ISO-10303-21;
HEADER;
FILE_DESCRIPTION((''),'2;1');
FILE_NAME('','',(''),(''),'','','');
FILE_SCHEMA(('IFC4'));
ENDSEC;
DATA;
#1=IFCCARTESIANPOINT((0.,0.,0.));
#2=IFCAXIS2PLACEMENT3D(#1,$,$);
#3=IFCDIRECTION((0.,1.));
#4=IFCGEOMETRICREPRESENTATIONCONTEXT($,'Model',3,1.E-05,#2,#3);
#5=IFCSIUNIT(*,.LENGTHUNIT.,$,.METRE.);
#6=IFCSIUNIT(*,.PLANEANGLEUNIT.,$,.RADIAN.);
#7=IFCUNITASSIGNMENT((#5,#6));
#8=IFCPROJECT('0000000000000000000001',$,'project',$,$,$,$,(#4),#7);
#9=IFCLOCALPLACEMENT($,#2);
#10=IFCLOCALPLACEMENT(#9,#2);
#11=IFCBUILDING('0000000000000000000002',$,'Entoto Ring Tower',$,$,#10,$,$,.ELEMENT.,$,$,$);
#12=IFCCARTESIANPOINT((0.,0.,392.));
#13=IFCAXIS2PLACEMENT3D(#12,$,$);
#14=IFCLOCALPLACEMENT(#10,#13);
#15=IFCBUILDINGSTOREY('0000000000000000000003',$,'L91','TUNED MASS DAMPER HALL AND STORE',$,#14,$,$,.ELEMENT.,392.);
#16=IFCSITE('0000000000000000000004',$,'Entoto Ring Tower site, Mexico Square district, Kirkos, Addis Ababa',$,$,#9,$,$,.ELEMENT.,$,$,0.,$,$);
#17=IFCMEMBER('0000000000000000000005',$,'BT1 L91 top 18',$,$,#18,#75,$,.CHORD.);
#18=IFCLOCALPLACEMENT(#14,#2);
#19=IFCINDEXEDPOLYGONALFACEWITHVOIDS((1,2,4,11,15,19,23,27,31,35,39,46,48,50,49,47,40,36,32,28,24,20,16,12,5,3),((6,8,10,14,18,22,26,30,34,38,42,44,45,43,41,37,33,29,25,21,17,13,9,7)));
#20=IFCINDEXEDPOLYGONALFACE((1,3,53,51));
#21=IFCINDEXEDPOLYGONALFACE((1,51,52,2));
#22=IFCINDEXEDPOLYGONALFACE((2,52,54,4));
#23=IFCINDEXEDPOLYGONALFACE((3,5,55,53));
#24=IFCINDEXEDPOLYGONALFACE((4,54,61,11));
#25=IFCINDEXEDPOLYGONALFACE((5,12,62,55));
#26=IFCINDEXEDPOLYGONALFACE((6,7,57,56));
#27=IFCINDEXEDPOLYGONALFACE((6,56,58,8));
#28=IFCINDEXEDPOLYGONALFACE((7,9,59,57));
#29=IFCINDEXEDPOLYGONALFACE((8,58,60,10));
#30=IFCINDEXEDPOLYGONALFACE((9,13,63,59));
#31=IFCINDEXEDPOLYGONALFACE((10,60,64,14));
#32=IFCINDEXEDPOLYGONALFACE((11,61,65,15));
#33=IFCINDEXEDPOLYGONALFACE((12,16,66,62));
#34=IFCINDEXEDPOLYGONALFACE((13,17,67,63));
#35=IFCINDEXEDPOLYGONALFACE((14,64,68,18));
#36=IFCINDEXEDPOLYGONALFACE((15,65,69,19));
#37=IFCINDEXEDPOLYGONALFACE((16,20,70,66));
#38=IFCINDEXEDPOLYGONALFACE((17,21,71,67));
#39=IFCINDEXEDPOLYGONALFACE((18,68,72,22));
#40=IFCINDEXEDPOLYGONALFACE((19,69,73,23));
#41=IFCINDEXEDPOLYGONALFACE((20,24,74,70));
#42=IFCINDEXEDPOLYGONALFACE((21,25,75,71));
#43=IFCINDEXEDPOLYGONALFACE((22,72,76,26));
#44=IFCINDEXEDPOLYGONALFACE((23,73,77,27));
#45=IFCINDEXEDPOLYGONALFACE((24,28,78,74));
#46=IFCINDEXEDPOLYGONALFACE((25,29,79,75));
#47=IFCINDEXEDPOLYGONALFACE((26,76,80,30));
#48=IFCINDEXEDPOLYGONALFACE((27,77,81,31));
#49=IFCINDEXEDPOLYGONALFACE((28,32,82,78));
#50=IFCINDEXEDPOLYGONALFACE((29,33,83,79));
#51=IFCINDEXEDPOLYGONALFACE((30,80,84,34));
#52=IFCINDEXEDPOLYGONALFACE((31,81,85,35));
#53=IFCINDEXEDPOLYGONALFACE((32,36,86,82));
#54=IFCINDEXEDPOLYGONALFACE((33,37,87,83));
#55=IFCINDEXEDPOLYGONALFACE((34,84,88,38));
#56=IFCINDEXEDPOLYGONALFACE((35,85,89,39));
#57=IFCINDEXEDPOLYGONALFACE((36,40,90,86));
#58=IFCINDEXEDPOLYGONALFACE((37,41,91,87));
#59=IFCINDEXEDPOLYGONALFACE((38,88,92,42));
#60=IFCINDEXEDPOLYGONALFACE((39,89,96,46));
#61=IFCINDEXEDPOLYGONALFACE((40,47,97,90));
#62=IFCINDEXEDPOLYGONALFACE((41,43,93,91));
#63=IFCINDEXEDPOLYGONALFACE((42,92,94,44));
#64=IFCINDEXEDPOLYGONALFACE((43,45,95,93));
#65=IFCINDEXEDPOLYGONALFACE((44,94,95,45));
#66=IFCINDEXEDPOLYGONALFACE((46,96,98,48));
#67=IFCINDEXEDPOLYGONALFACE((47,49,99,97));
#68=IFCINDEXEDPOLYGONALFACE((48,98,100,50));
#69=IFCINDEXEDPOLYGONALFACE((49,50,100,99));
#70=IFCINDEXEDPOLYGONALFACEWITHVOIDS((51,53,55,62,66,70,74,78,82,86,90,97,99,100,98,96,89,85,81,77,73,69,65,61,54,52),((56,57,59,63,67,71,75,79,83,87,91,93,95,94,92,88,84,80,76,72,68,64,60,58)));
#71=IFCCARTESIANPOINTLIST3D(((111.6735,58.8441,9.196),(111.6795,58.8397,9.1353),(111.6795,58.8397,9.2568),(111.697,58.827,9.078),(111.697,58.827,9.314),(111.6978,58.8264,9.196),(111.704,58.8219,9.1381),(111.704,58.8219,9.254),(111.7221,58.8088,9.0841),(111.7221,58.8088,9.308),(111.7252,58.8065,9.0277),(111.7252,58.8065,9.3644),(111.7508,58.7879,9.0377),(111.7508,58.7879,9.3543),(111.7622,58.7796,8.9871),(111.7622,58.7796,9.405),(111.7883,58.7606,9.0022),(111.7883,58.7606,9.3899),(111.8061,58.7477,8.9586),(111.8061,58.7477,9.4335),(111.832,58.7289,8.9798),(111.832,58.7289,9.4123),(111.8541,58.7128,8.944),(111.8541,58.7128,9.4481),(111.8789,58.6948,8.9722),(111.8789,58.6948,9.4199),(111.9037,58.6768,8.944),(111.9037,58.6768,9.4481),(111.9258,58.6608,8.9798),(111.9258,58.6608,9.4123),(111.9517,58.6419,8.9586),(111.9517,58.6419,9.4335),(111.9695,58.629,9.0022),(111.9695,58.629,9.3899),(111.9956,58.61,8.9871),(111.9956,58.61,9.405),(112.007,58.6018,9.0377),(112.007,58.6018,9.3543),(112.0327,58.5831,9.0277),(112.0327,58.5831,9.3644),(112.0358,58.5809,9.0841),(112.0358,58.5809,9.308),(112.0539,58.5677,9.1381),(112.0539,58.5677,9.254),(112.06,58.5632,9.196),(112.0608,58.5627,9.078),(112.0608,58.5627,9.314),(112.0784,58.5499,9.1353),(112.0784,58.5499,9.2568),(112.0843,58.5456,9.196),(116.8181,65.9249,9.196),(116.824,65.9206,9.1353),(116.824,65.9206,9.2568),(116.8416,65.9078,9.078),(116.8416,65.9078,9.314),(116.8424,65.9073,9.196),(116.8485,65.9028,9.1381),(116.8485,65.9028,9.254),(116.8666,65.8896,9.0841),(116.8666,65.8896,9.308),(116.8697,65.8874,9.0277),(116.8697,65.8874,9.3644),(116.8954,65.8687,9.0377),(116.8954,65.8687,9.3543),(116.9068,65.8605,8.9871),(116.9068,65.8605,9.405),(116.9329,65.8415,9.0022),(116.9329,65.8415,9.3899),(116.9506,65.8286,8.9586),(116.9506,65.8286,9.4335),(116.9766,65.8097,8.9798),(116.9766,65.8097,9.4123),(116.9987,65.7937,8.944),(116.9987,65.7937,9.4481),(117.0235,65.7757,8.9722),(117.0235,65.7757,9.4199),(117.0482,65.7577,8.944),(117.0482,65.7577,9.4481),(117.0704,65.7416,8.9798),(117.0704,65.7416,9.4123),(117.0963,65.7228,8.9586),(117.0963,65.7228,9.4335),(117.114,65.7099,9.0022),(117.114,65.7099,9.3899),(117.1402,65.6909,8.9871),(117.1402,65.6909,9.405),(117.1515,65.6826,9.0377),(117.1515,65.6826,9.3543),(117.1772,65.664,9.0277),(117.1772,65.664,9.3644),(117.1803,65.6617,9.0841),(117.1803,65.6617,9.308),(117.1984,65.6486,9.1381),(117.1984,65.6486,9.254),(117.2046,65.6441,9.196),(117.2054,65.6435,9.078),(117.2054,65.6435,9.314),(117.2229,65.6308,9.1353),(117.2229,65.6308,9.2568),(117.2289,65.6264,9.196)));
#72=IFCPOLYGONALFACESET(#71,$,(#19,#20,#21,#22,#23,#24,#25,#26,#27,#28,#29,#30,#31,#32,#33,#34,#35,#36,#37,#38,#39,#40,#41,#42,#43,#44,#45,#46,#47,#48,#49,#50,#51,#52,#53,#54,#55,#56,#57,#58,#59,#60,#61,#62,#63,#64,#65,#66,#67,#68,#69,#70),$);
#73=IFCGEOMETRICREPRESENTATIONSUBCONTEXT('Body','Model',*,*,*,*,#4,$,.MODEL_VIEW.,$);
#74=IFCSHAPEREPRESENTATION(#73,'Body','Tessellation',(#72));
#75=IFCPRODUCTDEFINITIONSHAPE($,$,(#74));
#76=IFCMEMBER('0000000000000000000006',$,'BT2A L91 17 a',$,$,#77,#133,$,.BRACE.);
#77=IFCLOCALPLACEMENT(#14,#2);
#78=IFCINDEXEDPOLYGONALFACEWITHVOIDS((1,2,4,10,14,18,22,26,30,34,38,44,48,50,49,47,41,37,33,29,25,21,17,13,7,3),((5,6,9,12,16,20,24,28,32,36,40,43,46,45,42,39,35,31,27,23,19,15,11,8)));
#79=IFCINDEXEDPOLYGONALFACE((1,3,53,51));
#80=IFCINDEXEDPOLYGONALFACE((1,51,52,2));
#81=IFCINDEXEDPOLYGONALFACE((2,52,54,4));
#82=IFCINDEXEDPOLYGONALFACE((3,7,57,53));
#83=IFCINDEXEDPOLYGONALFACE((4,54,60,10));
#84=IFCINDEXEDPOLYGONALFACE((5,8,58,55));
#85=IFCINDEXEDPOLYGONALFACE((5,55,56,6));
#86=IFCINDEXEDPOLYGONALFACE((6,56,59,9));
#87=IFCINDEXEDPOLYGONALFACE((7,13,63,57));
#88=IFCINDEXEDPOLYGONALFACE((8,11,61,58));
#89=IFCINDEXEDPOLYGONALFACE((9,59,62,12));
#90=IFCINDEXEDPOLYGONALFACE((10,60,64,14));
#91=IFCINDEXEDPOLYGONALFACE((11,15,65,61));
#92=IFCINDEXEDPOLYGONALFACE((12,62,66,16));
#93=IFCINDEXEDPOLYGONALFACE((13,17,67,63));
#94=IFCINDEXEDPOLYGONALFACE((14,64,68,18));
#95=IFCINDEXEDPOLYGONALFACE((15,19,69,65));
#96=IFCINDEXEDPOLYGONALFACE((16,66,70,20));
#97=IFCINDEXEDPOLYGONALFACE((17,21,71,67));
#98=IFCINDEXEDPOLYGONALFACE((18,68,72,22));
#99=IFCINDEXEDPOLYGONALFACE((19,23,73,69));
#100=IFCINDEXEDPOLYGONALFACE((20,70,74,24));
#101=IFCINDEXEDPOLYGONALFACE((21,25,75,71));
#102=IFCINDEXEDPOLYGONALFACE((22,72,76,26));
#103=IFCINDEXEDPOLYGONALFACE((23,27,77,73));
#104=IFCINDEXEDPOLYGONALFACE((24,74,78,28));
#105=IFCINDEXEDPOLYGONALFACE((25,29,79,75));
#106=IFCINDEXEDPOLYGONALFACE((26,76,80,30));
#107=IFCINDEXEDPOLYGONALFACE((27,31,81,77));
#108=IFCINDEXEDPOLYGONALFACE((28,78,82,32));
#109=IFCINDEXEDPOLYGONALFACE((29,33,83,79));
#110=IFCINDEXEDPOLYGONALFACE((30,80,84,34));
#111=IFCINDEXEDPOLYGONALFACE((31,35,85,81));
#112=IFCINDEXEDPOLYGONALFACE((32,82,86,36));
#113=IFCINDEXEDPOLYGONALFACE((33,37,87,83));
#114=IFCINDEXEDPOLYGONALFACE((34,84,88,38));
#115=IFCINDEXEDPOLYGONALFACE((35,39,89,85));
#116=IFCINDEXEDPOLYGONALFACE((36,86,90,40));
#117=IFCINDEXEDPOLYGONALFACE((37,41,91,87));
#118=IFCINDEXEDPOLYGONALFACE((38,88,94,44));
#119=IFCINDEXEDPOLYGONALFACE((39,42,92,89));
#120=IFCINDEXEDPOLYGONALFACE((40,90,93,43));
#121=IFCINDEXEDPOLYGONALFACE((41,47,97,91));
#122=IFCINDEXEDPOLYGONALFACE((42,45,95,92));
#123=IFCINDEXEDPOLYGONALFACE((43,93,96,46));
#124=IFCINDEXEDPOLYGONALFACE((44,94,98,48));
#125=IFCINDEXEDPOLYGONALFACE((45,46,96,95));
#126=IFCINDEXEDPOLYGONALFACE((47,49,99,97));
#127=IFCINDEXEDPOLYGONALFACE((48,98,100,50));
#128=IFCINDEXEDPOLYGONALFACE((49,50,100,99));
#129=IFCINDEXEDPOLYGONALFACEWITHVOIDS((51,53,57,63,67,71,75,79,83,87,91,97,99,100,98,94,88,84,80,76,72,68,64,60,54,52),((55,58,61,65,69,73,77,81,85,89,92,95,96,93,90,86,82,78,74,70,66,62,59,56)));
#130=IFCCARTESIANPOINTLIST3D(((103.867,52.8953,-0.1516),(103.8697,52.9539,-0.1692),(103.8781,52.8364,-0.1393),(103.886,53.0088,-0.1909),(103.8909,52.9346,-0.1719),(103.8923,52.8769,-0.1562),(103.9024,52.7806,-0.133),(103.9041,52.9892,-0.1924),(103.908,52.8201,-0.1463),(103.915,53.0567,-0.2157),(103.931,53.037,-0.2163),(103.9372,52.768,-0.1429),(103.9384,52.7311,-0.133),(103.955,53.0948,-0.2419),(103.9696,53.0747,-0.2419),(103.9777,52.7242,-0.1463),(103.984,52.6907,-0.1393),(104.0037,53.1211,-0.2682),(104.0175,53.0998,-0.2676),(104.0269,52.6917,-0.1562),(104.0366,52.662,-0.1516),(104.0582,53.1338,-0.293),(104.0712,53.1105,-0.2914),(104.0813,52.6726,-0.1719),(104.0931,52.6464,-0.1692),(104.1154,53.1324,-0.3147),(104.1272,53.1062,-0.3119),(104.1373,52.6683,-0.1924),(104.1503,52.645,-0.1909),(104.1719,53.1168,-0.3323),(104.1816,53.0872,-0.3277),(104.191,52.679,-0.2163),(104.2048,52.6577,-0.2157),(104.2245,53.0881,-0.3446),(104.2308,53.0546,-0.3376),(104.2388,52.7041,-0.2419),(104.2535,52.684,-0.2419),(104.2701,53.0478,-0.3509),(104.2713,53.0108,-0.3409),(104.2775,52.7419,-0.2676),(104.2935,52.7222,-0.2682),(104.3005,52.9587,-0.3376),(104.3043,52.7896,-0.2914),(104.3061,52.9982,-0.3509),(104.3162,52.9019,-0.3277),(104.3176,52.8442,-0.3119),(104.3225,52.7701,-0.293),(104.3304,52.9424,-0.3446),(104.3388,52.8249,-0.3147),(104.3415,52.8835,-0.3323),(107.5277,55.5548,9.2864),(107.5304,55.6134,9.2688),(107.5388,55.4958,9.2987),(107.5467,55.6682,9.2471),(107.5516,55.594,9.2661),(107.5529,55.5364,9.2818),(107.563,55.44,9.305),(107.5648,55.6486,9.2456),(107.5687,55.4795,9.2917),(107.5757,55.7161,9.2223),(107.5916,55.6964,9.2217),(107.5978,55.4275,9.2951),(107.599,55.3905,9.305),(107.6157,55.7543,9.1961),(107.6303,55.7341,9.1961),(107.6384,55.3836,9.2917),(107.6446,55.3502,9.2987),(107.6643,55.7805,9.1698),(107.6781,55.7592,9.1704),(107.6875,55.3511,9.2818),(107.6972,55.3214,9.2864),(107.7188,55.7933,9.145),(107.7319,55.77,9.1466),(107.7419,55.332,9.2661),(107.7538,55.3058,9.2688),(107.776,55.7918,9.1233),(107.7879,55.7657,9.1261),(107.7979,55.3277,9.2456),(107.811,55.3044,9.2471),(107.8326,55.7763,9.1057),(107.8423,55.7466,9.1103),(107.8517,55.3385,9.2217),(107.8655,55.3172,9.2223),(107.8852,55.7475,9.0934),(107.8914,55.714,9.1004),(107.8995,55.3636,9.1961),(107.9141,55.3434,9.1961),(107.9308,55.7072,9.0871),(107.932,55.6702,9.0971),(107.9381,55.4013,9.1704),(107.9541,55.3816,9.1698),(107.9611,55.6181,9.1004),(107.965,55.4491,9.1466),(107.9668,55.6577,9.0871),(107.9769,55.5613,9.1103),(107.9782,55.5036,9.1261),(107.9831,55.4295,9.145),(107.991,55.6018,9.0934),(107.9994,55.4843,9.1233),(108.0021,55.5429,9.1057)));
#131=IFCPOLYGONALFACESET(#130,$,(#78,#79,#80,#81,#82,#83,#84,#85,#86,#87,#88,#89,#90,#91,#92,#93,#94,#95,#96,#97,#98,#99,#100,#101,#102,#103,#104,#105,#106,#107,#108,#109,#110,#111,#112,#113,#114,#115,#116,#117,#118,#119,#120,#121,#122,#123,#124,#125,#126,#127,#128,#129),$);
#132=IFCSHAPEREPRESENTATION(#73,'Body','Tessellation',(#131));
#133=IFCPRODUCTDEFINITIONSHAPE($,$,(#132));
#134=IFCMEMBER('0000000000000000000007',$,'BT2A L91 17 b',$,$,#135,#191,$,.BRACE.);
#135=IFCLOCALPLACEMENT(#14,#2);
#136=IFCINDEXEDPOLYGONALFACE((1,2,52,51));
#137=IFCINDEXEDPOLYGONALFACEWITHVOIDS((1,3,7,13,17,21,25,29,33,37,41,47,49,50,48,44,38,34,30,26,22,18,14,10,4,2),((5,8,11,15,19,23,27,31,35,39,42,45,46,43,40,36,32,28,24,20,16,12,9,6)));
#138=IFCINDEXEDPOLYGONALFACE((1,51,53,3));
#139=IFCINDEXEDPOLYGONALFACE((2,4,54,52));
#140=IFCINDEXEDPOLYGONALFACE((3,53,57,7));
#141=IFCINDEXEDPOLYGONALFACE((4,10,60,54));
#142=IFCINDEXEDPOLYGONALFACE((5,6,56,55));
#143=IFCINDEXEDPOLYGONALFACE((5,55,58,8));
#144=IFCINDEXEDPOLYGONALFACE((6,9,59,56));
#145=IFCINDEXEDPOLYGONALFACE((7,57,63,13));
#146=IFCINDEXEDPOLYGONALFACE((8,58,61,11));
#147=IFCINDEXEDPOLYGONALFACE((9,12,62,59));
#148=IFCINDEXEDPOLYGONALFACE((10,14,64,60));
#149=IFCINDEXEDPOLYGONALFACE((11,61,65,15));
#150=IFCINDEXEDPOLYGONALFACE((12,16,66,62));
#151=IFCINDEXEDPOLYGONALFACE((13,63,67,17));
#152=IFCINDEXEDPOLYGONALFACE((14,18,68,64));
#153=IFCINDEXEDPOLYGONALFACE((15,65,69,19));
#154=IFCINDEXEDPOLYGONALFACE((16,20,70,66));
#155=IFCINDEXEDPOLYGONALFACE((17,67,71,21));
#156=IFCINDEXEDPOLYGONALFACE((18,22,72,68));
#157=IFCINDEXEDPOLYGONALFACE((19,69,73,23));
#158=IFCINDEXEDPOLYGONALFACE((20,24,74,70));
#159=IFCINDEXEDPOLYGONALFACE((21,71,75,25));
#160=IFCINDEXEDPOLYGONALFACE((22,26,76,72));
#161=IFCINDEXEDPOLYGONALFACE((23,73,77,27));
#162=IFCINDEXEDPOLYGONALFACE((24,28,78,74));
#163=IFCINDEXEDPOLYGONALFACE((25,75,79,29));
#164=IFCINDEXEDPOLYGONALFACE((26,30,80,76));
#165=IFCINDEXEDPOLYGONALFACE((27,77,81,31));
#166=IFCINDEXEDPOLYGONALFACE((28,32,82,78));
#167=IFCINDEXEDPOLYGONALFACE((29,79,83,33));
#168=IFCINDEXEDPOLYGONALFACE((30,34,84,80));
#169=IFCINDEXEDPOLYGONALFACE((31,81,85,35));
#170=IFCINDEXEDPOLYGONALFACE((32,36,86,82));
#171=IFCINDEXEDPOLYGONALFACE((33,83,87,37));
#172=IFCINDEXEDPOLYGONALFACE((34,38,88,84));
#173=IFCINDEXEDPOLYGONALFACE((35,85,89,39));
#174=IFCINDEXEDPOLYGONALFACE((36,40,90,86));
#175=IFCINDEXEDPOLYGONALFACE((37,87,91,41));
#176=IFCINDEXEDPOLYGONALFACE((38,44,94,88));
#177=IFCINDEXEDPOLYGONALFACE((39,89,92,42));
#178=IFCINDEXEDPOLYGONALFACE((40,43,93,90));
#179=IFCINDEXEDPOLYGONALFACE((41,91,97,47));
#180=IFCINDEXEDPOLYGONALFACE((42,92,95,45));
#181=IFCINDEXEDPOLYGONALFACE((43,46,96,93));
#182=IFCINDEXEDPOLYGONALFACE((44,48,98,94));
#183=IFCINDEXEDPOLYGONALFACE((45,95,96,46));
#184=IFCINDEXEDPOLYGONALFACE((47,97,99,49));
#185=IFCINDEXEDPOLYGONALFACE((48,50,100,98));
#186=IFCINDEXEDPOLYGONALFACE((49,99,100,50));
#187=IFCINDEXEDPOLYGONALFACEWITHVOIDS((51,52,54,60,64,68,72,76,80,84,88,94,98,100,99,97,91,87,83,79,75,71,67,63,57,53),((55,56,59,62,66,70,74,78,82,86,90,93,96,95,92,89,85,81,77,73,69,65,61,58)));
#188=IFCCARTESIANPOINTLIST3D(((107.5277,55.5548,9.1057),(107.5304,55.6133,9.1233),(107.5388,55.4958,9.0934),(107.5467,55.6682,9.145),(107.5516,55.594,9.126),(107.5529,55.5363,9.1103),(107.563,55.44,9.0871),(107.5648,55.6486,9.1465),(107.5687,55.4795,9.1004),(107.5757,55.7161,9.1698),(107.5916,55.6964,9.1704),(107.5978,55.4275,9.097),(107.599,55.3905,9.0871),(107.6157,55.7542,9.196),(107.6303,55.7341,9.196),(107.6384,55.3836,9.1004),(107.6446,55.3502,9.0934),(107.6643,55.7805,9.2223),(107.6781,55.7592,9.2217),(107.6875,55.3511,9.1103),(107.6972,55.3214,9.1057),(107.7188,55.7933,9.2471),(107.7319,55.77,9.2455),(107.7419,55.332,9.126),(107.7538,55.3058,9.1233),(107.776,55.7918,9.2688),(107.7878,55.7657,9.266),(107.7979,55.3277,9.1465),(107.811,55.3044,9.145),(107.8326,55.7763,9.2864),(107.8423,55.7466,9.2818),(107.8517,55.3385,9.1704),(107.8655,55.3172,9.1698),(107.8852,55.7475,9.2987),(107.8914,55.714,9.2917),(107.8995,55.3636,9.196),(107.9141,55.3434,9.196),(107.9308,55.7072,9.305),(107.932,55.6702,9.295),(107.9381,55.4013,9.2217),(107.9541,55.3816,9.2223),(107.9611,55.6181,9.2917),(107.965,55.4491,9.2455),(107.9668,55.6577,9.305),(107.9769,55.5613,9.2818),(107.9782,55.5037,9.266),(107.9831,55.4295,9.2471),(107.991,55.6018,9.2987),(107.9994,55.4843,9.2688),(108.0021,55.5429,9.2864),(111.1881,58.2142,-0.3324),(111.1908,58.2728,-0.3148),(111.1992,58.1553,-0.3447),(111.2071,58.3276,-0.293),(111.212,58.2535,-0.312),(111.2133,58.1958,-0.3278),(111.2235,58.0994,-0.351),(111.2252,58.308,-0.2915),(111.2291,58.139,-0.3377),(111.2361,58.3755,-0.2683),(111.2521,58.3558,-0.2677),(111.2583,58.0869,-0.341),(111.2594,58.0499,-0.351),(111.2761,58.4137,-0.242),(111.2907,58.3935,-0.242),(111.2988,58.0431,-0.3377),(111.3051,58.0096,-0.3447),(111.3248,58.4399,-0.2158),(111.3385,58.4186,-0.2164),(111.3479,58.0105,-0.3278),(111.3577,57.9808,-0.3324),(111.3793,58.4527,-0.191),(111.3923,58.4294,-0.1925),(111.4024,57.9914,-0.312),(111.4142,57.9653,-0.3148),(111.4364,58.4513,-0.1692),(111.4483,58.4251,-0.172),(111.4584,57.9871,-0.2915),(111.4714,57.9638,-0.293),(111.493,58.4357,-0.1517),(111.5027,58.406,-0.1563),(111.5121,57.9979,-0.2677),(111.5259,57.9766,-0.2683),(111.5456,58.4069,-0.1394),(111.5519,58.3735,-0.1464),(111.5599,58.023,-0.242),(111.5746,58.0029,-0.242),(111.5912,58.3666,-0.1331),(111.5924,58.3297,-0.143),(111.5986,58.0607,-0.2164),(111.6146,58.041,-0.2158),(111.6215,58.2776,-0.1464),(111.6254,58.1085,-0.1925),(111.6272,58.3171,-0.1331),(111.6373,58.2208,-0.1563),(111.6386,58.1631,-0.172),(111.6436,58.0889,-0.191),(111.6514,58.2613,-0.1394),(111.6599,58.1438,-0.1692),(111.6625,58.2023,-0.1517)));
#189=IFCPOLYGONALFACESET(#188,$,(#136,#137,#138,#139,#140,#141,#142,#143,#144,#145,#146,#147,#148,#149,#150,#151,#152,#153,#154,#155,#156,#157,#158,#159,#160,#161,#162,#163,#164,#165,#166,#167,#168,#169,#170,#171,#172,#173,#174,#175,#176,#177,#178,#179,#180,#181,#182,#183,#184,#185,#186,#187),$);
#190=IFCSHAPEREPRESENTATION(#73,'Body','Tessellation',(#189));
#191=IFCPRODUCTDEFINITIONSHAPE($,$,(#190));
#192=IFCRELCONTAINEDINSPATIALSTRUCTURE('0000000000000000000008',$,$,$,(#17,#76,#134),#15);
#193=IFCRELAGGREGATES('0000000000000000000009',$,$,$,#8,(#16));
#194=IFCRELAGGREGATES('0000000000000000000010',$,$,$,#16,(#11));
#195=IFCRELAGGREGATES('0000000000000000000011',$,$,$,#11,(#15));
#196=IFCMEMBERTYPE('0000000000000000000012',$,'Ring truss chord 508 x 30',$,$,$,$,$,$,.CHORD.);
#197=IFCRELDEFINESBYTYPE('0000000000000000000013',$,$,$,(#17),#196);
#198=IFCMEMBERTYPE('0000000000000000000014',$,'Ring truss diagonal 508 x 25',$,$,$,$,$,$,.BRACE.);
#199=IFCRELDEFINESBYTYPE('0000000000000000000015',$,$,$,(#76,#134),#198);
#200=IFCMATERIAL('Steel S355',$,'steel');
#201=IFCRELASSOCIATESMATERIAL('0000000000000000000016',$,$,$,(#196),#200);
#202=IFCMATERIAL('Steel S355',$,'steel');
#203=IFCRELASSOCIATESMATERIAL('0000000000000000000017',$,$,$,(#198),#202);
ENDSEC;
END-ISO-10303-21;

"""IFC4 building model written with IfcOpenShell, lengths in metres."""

from ifc_helpers import new_model, si_unit, direction, frame, origin, origin_2d, place, context, subcontext, project, spatial, circle, hollow_circle, extrude, material, material_profile, profile_set, type_object, element, save


model = new_model("IFC4")

# Units and contexts
model_context = context("Model", 3, precision=1e-05, world=origin(), true_north=direction((0.0, 1.0)))
body_context = subcontext(model_context, "Body", "Model", "MODEL_VIEW")
ifc_project = project(units=[si_unit("LENGTHUNIT", "METRE"), si_unit("PLANEANGLEUNIT", "RADIAN")], contexts=[model_context])

# Site, building, storey
site_placement = place(None, origin())
site = spatial("IfcSite", under=ifc_project, at=site_placement, Name="Entoto Ring Tower site, Mexico Square district, Kirkos, Addis Ababa", CompositionType="ELEMENT", RefElevation=0.0)
building_placement = place(site_placement, origin())
building = spatial("IfcBuilding", under=site, at=building_placement, Name="Entoto Ring Tower", CompositionType="ELEMENT")
storey_placement = place(building_placement, frame((0.0, 0.0, 392.0)))
storey = spatial("IfcBuildingStorey", under=building, at=storey_placement, Name="L91", Description="TUNED MASS DAMPER HALL AND STORE", CompositionType="ELEMENT", Elevation=392.0)

# Members
ifc_material_1 = material(Name="Steel S355", Category="steel")
ifc_material_profile_1 = material_profile(ifc_material_1, hollow_circle(Radius=0.2539, WallThickness=0.03, at=origin_2d()), Name="CHS 508 x 30")
ifc_material_2 = material(Name="Concrete C60/75", Category="concrete")
ifc_material_profile_2 = material_profile(ifc_material_2, circle(Radius=0.2241, at=origin_2d()), Name="Concrete C60/75 infill")
ifc_profile_set_1 = profile_set([ifc_material_profile_1, ifc_material_profile_2], Name="Steel S355")
member_type_1 = type_object("IfcMemberType", Name="Ring truss chord 508 x 30", PredefinedType="CHORD", material=ifc_profile_set_1)
for number, where, z_axis, x_axis, name in (
    (1, (111.8789, 58.6948, 9.196), (0.587787, 0.809016, 0.0), (-0.809016, 0.587787, 0.0), "BT1 L91 top 18"),
):
    element("IfcMember", number, at=place(storey_placement, frame(where, z_axis=z_axis, x_axis=x_axis)), inside=storey, type_object=member_type_1, Name=name, PredefinedType="CHORD", context=body_context, shape_type="SweptSolid", body=[
        extrude(hollow_circle(Radius=0.2539, WallThickness=0.03, at=origin_2d()), origin(), (0.0, 0.0, 1.0), 8.7524),
    ])
ifc_material_3 = material(Name="Steel S355", Category="steel")
ifc_material_profile_3 = material_profile(ifc_material_3, hollow_circle(Radius=0.2539, WallThickness=0.0249, at=origin_2d()), Name="CHS 508 x 25")
ifc_material_4 = material(Name="Concrete C60/75", Category="concrete")
ifc_material_profile_4 = material_profile(ifc_material_4, circle(Radius=0.229, at=origin_2d()), Name="Concrete C60/75 infill")
ifc_profile_set_2 = profile_set([ifc_material_profile_3, ifc_material_profile_4], Name="Steel S355")
member_type_2 = type_object("IfcMemberType", Name="Ring truss diagonal 508 x 25", PredefinedType="BRACE", material=ifc_profile_set_2)
for number, where, z_axis, x_axis, name in (
    (2, (104.1042, 52.8894, -0.2419), (0.349747, 0.254088, 0.901729), (-0.587758, 0.809037, 0.0), "BT2A L91 17 a"),
    (3, (107.7649, 55.5488, 9.196), (0.349727, 0.25409, -0.901737), (-0.587783, 0.809018, 0.0), "BT2A L91 17 b"),
):
    element("IfcMember", number, at=place(storey_placement, frame(where, z_axis=z_axis, x_axis=x_axis)), inside=storey, type_object=member_type_2, Name=name, PredefinedType="BRACE", context=body_context, shape_type="SweptSolid", body=[
        extrude(hollow_circle(Radius=0.2539, WallThickness=0.0249, at=origin_2d()), origin(), (0.0, 0.0, 1.0), 10.4666),
    ])

save(model, "model.ifc")
